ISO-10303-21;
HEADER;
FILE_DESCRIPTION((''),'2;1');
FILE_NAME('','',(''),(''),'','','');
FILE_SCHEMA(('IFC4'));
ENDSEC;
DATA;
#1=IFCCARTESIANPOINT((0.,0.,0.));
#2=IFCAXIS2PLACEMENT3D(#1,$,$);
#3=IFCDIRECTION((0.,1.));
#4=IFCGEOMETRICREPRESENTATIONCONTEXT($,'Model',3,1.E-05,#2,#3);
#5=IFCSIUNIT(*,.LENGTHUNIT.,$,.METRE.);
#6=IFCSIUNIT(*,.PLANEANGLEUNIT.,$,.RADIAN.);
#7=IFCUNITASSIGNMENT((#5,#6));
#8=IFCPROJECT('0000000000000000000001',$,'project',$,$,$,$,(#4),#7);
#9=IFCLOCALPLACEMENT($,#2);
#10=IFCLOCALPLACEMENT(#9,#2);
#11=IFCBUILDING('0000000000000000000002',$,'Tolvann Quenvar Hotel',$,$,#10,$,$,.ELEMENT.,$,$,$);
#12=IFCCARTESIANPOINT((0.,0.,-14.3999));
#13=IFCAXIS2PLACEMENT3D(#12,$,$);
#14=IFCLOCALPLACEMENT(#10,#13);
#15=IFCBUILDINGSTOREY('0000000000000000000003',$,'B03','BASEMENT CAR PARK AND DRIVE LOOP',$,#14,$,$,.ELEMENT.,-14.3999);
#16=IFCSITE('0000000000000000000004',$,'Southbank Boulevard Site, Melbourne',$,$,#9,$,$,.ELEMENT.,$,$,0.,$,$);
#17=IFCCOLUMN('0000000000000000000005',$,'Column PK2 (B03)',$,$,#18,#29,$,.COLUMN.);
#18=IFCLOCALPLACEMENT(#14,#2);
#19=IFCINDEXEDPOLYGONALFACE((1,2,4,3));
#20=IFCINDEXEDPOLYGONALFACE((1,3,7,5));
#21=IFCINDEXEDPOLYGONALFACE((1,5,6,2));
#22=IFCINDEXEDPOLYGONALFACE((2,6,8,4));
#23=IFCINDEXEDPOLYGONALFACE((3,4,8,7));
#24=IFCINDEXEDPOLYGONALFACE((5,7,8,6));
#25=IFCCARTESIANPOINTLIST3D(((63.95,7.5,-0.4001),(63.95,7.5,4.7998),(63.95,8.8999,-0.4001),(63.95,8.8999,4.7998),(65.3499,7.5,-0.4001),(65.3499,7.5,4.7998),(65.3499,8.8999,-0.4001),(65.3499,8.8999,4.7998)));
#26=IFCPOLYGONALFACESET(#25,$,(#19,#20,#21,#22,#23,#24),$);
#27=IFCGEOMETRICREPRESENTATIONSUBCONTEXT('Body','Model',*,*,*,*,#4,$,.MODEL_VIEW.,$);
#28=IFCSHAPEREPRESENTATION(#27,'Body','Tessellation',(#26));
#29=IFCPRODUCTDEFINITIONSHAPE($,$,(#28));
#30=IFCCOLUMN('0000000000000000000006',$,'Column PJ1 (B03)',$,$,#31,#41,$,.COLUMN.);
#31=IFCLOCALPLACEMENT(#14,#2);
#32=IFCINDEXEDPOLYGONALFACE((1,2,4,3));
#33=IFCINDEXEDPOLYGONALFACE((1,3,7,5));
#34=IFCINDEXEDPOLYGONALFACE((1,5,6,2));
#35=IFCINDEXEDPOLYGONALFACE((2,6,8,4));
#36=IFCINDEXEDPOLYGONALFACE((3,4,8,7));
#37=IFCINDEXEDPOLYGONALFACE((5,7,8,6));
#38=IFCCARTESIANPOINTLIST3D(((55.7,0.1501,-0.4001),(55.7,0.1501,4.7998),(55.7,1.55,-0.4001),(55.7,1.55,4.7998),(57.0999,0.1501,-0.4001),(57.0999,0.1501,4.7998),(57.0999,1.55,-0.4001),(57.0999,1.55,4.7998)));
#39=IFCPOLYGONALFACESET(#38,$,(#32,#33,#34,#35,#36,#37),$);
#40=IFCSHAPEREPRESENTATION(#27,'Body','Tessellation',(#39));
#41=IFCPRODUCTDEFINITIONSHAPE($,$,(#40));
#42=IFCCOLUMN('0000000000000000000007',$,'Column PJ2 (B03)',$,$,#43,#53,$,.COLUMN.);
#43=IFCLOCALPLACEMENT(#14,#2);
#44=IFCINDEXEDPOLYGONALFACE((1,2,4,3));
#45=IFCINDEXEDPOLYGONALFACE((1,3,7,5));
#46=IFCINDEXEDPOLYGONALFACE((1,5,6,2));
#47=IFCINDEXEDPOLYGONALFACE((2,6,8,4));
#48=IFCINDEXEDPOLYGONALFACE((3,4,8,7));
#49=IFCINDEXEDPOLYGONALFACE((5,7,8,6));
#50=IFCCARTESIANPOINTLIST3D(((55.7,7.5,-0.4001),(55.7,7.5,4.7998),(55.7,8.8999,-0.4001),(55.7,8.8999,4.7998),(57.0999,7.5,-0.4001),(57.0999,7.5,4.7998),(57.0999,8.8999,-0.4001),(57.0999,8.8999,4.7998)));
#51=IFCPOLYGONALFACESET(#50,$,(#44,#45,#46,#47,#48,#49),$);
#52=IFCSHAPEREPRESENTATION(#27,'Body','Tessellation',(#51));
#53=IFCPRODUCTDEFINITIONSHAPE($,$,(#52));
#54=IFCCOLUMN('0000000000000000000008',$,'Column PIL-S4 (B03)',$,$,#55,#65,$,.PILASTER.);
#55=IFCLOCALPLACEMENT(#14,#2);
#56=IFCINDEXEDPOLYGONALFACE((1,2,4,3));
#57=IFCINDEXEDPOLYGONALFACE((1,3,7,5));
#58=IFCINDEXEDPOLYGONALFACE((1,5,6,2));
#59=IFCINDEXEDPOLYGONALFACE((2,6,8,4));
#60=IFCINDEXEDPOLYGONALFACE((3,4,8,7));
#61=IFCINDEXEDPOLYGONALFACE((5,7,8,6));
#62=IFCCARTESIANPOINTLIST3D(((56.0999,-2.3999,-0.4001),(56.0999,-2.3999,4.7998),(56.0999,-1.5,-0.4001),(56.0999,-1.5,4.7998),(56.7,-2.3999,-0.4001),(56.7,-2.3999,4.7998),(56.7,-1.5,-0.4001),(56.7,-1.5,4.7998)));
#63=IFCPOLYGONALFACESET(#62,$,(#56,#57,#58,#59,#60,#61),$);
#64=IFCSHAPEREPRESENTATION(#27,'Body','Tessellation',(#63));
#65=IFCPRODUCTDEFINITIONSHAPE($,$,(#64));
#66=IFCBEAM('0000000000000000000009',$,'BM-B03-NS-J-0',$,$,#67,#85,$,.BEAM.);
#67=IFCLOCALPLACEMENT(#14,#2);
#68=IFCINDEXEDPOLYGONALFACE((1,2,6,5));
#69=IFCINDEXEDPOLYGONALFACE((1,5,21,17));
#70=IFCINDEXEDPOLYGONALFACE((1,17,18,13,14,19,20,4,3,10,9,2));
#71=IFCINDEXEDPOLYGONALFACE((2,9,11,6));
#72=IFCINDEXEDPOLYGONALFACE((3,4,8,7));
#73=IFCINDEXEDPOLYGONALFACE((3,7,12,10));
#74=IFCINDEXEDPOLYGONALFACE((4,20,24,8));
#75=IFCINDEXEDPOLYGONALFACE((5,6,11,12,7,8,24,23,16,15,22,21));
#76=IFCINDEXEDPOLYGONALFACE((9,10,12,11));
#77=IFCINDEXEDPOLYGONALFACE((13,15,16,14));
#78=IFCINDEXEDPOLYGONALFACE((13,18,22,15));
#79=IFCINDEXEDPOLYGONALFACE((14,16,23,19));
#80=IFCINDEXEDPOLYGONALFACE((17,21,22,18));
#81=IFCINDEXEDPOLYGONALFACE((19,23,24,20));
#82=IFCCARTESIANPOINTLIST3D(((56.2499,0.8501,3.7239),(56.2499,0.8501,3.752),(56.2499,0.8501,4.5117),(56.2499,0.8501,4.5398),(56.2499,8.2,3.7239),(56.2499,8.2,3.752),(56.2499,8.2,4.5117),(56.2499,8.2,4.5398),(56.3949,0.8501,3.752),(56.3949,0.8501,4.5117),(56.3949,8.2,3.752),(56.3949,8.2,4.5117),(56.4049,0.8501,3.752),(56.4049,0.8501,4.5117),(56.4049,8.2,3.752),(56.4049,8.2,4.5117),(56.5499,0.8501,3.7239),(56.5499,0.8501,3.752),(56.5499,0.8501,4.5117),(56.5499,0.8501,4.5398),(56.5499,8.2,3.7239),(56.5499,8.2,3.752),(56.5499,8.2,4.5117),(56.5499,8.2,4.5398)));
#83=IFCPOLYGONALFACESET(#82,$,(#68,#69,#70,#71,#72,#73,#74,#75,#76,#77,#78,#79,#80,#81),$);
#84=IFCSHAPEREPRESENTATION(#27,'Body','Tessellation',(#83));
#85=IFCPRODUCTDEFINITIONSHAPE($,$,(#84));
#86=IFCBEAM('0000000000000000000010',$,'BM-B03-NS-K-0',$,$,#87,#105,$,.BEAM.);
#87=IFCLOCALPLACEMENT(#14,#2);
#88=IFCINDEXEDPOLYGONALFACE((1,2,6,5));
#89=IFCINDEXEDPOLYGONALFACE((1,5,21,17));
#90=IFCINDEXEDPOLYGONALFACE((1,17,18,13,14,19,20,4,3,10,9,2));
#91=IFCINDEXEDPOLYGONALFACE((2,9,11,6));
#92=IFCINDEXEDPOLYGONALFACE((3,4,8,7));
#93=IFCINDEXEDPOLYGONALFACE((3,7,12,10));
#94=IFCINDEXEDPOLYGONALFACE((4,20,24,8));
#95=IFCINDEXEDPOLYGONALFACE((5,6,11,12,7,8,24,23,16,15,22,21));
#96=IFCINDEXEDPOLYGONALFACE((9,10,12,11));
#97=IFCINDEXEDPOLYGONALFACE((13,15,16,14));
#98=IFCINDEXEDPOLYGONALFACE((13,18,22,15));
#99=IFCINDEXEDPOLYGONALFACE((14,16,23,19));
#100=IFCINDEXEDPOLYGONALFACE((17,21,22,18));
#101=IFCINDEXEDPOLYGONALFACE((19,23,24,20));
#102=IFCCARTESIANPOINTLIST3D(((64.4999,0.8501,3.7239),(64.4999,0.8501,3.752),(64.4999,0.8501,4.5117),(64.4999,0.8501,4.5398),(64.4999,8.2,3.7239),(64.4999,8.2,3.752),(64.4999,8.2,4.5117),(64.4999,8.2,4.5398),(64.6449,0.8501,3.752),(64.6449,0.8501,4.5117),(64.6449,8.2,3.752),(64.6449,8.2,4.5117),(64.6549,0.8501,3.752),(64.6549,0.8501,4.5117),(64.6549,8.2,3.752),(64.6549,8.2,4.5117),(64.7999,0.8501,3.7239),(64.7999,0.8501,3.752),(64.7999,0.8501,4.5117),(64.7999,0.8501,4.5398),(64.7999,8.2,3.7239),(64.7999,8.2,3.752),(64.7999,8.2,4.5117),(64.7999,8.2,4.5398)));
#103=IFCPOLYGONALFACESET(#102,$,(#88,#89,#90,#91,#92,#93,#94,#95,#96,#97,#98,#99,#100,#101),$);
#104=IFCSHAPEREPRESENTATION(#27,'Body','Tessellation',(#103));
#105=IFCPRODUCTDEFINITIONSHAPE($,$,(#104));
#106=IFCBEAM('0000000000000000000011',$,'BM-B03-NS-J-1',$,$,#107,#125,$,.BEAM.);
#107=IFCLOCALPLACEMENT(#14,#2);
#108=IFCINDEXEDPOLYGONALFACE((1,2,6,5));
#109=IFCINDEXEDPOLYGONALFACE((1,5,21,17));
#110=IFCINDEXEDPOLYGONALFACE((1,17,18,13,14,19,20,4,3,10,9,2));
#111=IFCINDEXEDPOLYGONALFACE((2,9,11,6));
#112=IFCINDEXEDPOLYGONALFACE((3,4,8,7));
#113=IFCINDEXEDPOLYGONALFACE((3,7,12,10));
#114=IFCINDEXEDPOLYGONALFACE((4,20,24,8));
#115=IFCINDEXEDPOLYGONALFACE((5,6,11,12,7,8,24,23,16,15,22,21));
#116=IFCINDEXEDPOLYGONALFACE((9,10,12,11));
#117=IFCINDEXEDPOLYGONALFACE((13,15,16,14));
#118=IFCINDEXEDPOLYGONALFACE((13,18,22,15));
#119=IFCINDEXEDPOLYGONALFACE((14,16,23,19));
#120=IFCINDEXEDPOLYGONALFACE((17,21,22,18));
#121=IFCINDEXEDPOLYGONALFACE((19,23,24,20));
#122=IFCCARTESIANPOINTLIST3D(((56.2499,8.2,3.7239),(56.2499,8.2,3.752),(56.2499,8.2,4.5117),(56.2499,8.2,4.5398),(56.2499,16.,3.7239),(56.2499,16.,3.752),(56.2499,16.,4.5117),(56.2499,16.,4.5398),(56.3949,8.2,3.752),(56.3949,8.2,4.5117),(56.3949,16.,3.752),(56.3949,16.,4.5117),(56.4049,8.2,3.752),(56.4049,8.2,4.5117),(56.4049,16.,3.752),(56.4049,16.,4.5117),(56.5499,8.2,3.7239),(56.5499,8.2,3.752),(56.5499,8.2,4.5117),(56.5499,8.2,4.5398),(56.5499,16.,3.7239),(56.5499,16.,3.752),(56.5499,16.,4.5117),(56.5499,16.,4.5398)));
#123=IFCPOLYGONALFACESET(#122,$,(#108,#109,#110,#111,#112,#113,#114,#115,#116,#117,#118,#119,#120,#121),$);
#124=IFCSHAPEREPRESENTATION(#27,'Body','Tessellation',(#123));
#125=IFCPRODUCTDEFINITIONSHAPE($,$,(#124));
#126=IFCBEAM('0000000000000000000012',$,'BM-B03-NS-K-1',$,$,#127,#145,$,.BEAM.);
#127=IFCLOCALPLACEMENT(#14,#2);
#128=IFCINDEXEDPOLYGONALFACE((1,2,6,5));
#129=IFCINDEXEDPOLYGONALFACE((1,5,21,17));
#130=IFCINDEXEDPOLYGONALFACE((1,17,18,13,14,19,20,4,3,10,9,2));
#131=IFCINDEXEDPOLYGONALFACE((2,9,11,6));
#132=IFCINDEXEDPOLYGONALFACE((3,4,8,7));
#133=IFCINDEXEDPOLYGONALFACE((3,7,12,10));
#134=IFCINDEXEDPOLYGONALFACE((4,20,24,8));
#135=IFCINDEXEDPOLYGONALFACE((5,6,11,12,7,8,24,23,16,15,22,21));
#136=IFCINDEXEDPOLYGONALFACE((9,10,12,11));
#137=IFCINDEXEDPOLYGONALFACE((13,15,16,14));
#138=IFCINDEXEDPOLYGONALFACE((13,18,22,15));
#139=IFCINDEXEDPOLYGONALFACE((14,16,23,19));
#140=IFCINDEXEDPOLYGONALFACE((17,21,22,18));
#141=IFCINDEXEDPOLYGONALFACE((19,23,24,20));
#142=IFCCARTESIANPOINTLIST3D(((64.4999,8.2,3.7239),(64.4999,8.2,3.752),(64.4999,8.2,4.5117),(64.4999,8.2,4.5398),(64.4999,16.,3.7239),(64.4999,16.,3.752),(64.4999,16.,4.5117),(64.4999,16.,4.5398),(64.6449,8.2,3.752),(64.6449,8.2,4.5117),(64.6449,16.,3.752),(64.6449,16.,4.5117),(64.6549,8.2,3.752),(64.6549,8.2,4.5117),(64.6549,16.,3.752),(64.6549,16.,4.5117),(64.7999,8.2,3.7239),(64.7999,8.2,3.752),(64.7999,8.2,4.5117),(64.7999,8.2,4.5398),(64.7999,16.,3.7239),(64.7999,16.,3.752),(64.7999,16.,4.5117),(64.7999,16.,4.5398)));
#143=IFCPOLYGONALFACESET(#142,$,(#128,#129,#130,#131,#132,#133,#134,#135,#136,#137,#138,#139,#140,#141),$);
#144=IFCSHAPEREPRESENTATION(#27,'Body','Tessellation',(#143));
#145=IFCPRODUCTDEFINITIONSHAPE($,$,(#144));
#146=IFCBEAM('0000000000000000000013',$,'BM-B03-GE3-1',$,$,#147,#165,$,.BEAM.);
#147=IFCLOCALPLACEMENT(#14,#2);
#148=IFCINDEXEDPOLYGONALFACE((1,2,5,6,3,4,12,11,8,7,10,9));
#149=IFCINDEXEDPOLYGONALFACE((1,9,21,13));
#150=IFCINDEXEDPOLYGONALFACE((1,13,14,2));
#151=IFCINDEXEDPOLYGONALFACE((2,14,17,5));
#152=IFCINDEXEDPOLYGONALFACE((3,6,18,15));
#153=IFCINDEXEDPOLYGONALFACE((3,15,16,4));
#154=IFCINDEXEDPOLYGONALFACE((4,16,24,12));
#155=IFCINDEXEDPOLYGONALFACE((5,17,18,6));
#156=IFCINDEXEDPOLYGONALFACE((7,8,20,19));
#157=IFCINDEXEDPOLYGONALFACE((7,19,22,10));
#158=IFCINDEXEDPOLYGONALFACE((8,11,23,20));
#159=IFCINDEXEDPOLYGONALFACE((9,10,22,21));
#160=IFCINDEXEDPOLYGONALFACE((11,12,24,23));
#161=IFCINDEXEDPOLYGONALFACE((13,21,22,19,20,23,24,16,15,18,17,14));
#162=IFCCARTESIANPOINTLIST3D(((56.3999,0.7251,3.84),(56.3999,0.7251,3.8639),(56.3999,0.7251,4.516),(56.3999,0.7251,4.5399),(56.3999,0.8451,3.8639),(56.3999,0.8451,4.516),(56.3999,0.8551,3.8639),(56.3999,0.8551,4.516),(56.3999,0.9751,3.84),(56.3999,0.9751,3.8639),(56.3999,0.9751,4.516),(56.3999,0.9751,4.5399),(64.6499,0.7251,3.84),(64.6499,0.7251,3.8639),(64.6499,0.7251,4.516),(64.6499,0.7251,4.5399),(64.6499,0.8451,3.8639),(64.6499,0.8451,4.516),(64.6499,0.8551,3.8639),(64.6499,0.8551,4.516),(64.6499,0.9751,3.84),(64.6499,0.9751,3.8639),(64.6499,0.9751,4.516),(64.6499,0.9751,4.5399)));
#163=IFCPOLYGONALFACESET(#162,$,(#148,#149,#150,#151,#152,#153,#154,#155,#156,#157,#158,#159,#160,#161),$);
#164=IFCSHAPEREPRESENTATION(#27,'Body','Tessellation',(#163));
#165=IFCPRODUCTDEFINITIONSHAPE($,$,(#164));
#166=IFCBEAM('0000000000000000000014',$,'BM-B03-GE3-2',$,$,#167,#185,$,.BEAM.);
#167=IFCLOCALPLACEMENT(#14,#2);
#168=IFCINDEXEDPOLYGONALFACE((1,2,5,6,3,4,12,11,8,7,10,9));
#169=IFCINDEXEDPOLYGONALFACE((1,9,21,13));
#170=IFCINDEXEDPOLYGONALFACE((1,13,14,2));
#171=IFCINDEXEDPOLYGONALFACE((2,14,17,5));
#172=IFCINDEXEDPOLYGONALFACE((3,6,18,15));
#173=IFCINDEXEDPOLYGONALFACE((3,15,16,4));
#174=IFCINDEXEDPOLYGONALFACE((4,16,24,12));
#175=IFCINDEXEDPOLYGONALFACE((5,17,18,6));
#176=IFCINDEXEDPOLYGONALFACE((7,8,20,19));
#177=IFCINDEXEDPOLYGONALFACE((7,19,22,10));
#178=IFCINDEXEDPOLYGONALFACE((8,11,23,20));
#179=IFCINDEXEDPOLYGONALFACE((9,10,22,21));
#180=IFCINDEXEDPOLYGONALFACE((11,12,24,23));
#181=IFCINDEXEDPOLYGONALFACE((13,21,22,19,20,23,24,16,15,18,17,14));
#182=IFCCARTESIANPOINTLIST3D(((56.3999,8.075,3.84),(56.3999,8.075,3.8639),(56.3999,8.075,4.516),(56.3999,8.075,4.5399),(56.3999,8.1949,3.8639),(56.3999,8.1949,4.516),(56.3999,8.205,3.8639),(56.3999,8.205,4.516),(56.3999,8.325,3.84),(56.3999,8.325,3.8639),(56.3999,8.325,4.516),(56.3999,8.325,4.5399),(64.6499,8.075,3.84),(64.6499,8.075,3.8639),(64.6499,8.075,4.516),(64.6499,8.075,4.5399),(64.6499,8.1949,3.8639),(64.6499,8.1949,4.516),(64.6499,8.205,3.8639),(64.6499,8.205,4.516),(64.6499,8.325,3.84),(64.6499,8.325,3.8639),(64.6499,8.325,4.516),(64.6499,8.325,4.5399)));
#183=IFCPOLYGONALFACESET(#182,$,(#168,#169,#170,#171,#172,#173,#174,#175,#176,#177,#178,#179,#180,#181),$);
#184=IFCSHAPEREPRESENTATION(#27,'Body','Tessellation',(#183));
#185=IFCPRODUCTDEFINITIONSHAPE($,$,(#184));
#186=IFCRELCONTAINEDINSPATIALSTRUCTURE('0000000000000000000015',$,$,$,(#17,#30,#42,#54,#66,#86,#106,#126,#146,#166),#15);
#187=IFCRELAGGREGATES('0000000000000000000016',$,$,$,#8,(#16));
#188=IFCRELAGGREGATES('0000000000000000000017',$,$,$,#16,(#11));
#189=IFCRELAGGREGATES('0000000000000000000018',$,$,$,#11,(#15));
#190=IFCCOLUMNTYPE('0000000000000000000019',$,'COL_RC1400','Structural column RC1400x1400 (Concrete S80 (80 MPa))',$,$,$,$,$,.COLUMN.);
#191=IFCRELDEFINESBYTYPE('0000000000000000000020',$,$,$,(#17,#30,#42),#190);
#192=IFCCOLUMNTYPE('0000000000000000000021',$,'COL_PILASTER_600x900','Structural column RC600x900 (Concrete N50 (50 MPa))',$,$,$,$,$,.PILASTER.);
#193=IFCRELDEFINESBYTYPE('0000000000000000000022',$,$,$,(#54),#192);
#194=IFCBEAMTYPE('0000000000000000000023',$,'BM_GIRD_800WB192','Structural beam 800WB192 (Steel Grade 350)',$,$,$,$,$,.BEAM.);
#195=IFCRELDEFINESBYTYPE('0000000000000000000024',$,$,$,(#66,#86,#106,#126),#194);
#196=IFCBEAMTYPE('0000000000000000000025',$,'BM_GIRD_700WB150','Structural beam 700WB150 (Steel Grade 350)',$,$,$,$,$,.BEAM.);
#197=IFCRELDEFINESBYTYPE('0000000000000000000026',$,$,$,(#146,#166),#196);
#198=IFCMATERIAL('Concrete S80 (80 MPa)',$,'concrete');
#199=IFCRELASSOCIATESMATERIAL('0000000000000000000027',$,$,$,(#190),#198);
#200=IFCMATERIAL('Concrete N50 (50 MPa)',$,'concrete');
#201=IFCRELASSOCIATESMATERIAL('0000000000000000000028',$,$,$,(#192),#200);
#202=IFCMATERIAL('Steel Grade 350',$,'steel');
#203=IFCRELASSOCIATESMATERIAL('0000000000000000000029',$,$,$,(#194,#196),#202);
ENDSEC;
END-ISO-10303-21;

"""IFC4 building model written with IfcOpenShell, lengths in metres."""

from ifc_helpers import new_model, si_unit, direction, frame, origin, origin_2d, place, context, subcontext, project, spatial, rectangle, i_section, extrude, source, transform, mapped, material, material_profile, profile_set, type_object, type_shapes, element, save


model = new_model("IFC4")

# Units and contexts
model_context = context("Model", 3, precision=1e-05, world=origin(), true_north=direction((0.0, 1.0)))
body_context = subcontext(model_context, "Body", "Model", "MODEL_VIEW")
ifc_project = project(units=[si_unit("LENGTHUNIT", "METRE"), si_unit("PLANEANGLEUNIT", "RADIAN")], contexts=[model_context])

# Site, building, storey
site_placement = place(None, origin())
site = spatial("IfcSite", under=ifc_project, at=site_placement, Name="Southbank Boulevard Site, Melbourne", CompositionType="ELEMENT", RefElevation=0.0)
building_placement = place(site_placement, origin())
building = spatial("IfcBuilding", under=site, at=building_placement, Name="Tolvann Quenvar Hotel", CompositionType="ELEMENT")
storey_placement = place(building_placement, frame((0.0, 0.0, -14.3999)))
storey = spatial("IfcBuildingStorey", under=building, at=storey_placement, Name="B03", Description="BASEMENT CAR PARK AND DRIVE LOOP", CompositionType="ELEMENT", Elevation=-14.3999)

# Shared definitions
ifc_material_1 = material(Name="Concrete N50 (50 MPa)", Category="concrete")

# Columns
ifc_material_2 = material(Name="Concrete S80 (80 MPa)", Category="concrete")
ifc_material_profile_1 = material_profile(ifc_material_2, rectangle(XDim=1.3999, YDim=1.3999, at=origin_2d()), Name="RC1400x1400")
ifc_profile_set_1 = profile_set([ifc_material_profile_1], Name="Concrete S80 (80 MPa)")
column_type_1 = type_object("IfcColumnType", Name="COL_RC1400", Description="Structural column RC1400x1400 (Concrete S80 (80 MPa))", PredefinedType="COLUMN", material=ifc_profile_set_1)
shared_shape_1 = source(origin(), body_context, "Body", "SweptSolid", [
    extrude(rectangle(XDim=1.3999, YDim=1.3999, at=origin_2d()), origin(), (0.0, 0.0, 1.0), 5.2),
])
type_shapes(column_type_1, [shared_shape_1])
for number, where, z_axis, x_axis, name in (
    (1, (64.6499, 8.2, -0.4001), (0.0, 0.0, 1.0), (1.0, 0.0, 0.0), "Column PK2 (B03)"),
    (2, (56.3999, 0.8501, -0.4001), (0.0, 0.0, 1.0), (1.0, 0.0, 0.0), "Column PJ1 (B03)"),
    (3, (56.3999, 8.2, -0.4001), (0.0, 0.0, 1.0), (1.0, 0.0, 0.0), "Column PJ2 (B03)"),
):
    element("IfcColumn", number, at=place(storey_placement, frame(where, z_axis=z_axis, x_axis=x_axis)), inside=storey, type_object=column_type_1, Name=name, PredefinedType="COLUMN", context=body_context, shape_type="MappedRepresentation", body=[
        mapped(shared_shape_1, transform((0.0, 0.0, 0.0), x_axis=(1.0, 0.0, 0.0), y_axis=(0.0, 1.0, 0.0), z_axis=(0.0, 0.0, 1.0), scale=1.0)),
    ])
ifc_material_profile_2 = material_profile(ifc_material_1, rectangle(XDim=0.6001, YDim=0.8999, at=origin_2d()), Name="RC600x900")
ifc_profile_set_2 = profile_set([ifc_material_profile_2], Name="Concrete N50 (50 MPa)")
column_type_2 = type_object("IfcColumnType", Name="COL_PILASTER_600x900", Description="Structural column RC600x900 (Concrete N50 (50 MPa))", PredefinedType="PILASTER", material=ifc_profile_set_2)
shared_shape_2 = source(origin(), body_context, "Body", "SweptSolid", [
    extrude(rectangle(XDim=0.6001, YDim=0.8999, at=origin_2d()), origin(), (0.0, 0.0, 1.0), 5.2),
])
type_shapes(column_type_2, [shared_shape_2])
column_placement = place(storey_placement, frame((56.3999, -1.95, -0.4001), z_axis=(0.0, 0.0, 1.0), x_axis=(1.0, 0.0, 0.0)))
element("IfcColumn", 4, at=column_placement, inside=storey, type_object=column_type_2, Name="Column PIL-S4 (B03)", PredefinedType="PILASTER", context=body_context, shape_type="MappedRepresentation", body=[
    mapped(shared_shape_2, transform((0.0, 0.0, 0.0), x_axis=(1.0, 0.0, 0.0), y_axis=(0.0, 1.0, 0.0), z_axis=(0.0, 0.0, 1.0), scale=1.0)),
])

# Beams
ifc_material_3 = material(Name="Steel Grade 350", Category="steel")
ifc_material_profile_3 = material_profile(ifc_material_3, i_section(OverallWidth=0.3, OverallDepth=0.8159, WebThickness=0.01, FlangeThickness=0.0281, at=origin_2d()), Name="800WB192")
ifc_profile_set_3 = profile_set([ifc_material_profile_3], Name="Steel Grade 350")
beam_type_1 = type_object("IfcBeamType", Name="BM_GIRD_800WB192", Description="Structural beam 800WB192 (Steel Grade 350)", PredefinedType="BEAM", material=ifc_profile_set_3)
shared_shape_3 = source(origin(), body_context, "Body", "SweptSolid", [
    extrude(i_section(OverallWidth=0.3, OverallDepth=0.8159, WebThickness=0.01, FlangeThickness=0.0281, at=origin_2d()), origin(), (0.0, 0.0, 1.0), 7.3499),
])
for number, where, z_axis, x_axis, name in (
    (5, (56.3999, 0.8501, 4.1318), (0.0, 1.0, 0.0), (-1.0, 0.0, 0.0), "BM-B03-NS-J-0"),
    (6, (64.6499, 0.8501, 4.1318), (0.0, 1.0, 0.0), (-1.0, 0.0, 0.0), "BM-B03-NS-K-0"),
):
    element("IfcBeam", number, at=place(storey_placement, frame(where, z_axis=z_axis, x_axis=x_axis)), inside=storey, type_object=beam_type_1, Name=name, PredefinedType="BEAM", context=body_context, shape_type="MappedRepresentation", body=[
        mapped(shared_shape_3, transform((0.0, 0.0, 0.0), x_axis=(1.0, 0.0, 0.0), y_axis=(0.0, 1.0, 0.0), z_axis=(0.0, 0.0, 1.0), scale=1.0)),
    ])
shared_shape_4 = source(origin(), body_context, "Body", "SweptSolid", [
    extrude(i_section(OverallWidth=0.3, OverallDepth=0.8159, WebThickness=0.01, FlangeThickness=0.0281, at=origin_2d()), origin(), (0.0, 0.0, 1.0), 7.8),
])
type_shapes(beam_type_1, [shared_shape_3, shared_shape_4])
for number, where, z_axis, x_axis, name in (
    (7, (56.3999, 8.2, 4.1318), (0.0, 1.0, 0.0), (-1.0, 0.0, 0.0), "BM-B03-NS-J-1"),
    (8, (64.6499, 8.2, 4.1318), (0.0, 1.0, 0.0), (-1.0, 0.0, 0.0), "BM-B03-NS-K-1"),
):
    element("IfcBeam", number, at=place(storey_placement, frame(where, z_axis=z_axis, x_axis=x_axis)), inside=storey, type_object=beam_type_1, Name=name, PredefinedType="BEAM", context=body_context, shape_type="MappedRepresentation", body=[
        mapped(shared_shape_4, transform((0.0, 0.0, 0.0), x_axis=(1.0, 0.0, 0.0), y_axis=(0.0, 1.0, 0.0), z_axis=(0.0, 0.0, 1.0), scale=1.0)),
    ])
ifc_material_profile_4 = material_profile(ifc_material_3, i_section(OverallWidth=0.25, OverallDepth=0.7, WebThickness=0.01, FlangeThickness=0.0239, at=origin_2d()), Name="700WB150")
ifc_profile_set_4 = profile_set([ifc_material_profile_4], Name="Steel Grade 350")
beam_type_2 = type_object("IfcBeamType", Name="BM_GIRD_700WB150", Description="Structural beam 700WB150 (Steel Grade 350)", PredefinedType="BEAM", material=ifc_profile_set_4)
shared_shape_5 = source(origin(), body_context, "Body", "SweptSolid", [
    extrude(i_section(OverallWidth=0.25, OverallDepth=0.7, WebThickness=0.01, FlangeThickness=0.0239, at=origin_2d()), origin(), (0.0, 0.0, 1.0), 8.25),
])
for number, where, z_axis, x_axis, name in (
    (9, (56.3999, 0.8501, 4.1899), (1.0, 0.0, 0.0), (0.0, 1.0, 0.0), "BM-B03-GE3-1"),
    (10, (56.3999, 8.2, 4.1899), (1.0, 0.0, 0.0), (0.0, 1.0, 0.0), "BM-B03-GE3-2"),
):
    element("IfcBeam", number, at=place(storey_placement, frame(where, z_axis=z_axis, x_axis=x_axis)), inside=storey, type_object=beam_type_2, Name=name, PredefinedType="BEAM", context=body_context, shape_type="MappedRepresentation", body=[
        mapped(shared_shape_5, transform((0.0, 0.0, 0.0), x_axis=(1.0, 0.0, 0.0), y_axis=(0.0, 1.0, 0.0), z_axis=(0.0, 0.0, 1.0), scale=1.0)),
    ])

save(model, "model.ifc")
